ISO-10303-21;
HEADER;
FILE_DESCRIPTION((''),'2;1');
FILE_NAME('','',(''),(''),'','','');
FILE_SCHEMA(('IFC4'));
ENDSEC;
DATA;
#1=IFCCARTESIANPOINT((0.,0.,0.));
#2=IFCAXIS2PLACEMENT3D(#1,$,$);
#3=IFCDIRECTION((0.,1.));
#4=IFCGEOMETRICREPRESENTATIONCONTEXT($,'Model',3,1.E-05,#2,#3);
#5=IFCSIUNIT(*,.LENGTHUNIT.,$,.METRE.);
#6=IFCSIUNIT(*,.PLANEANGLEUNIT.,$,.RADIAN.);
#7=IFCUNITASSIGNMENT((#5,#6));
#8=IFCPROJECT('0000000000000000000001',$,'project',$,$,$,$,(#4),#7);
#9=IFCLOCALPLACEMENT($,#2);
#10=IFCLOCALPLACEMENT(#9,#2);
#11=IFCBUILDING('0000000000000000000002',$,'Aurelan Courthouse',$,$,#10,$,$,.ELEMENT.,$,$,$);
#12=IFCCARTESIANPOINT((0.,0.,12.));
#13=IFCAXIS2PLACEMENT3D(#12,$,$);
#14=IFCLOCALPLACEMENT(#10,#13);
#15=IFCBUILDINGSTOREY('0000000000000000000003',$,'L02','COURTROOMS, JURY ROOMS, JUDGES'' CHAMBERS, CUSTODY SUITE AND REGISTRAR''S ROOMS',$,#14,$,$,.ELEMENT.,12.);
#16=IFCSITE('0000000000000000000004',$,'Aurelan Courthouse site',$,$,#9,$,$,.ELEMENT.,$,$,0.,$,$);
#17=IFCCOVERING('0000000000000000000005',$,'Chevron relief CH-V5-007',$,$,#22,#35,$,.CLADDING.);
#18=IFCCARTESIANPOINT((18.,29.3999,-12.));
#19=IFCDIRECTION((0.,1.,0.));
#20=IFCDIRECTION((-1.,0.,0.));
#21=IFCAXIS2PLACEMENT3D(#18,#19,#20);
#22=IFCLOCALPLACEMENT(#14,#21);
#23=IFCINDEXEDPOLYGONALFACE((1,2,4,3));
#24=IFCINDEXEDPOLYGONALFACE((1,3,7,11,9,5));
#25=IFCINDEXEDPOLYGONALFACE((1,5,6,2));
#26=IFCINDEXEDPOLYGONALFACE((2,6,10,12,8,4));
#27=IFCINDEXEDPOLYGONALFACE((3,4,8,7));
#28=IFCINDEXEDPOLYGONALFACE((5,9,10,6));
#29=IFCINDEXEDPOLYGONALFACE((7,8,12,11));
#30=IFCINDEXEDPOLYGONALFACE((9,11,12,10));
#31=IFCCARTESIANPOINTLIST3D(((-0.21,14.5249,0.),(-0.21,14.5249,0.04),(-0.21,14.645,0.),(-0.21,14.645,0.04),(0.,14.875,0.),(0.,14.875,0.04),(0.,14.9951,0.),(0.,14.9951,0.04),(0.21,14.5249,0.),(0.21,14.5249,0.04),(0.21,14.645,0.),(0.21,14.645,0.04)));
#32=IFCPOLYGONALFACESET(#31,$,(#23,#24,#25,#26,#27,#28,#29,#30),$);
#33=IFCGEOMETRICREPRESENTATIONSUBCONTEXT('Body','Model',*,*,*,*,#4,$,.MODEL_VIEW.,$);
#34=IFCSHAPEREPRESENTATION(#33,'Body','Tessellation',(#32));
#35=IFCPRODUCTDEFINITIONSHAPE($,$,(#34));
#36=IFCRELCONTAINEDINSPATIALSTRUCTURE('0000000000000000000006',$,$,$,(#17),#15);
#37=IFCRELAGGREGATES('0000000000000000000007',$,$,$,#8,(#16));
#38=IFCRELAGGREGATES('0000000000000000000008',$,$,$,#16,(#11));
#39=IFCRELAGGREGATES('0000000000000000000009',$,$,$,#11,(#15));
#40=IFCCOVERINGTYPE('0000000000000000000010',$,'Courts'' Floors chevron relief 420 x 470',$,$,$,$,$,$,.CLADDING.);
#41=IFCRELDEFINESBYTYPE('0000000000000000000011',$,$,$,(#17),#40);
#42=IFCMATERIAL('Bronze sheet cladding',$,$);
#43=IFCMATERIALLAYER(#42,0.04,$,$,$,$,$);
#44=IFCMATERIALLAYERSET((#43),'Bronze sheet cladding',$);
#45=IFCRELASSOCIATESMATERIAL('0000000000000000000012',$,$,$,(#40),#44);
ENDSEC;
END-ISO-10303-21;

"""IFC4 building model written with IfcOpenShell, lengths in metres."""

from ifc_helpers import new_model, si_unit, direction, frame, origin, place, context, subcontext, project, spatial, polyline, outline, extrude, material, layer, layer_set, type_object, element, save


model = new_model("IFC4")

# Units and contexts
model_context = context("Model", 3, precision=1e-05, world=origin(), true_north=direction((0.0, 1.0)))
body_context = subcontext(model_context, "Body", "Model", "MODEL_VIEW")
ifc_project = project(units=[si_unit("LENGTHUNIT", "METRE"), si_unit("PLANEANGLEUNIT", "RADIAN")], contexts=[model_context])

# Site, building, storey
site_placement = place(None, origin())
site = spatial("IfcSite", under=ifc_project, at=site_placement, Name="Aurelan Courthouse site", CompositionType="ELEMENT", RefElevation=0.0)
building_placement = place(site_placement, origin())
building = spatial("IfcBuilding", under=site, at=building_placement, Name="Aurelan Courthouse", CompositionType="ELEMENT")
storey_placement = place(building_placement, frame((0.0, 0.0, 12.0)))
storey = spatial("IfcBuildingStorey", under=building, at=storey_placement, Name="L02", Description="COURTROOMS, JURY ROOMS, JUDGES' CHAMBERS, CUSTODY SUITE AND REGISTRAR'S ROOMS", CompositionType="ELEMENT", Elevation=12.0)

# Covering
ifc_material_1 = material(Name="Bronze sheet cladding")
ifc_layer_1 = layer(ifc_material_1, 0.04)
ifc_layer_set_1 = layer_set([ifc_layer_1], Name="Bronze sheet cladding")
covering_type_1 = type_object("IfcCoveringType", Name="Courts' Floors chevron relief 420 x 470", PredefinedType="CLADDING", material=ifc_layer_set_1)
covering_1_placement = place(storey_placement, frame((18.0, 29.3999, -12.0), z_axis=(0.0, 1.0, 0.0), x_axis=(-1.0, 0.0, 0.0)))
element("IfcCovering", 1, at=covering_1_placement, inside=storey, type_object=covering_type_1, Name="Chevron relief CH-V5-007", PredefinedType="CLADDING", context=body_context, shape_type="SweptSolid", body=[
    extrude(outline(polyline([(-0.21, 14.5249), (0.0, 14.875), (0.21, 14.5249), (0.21, 14.645), (0.0, 14.9951), (-0.21, 14.645), (-0.21, 14.5249)])), origin(), (0.0, 0.0, 1.0), 0.04),
])

save(model, "model.ifc")
